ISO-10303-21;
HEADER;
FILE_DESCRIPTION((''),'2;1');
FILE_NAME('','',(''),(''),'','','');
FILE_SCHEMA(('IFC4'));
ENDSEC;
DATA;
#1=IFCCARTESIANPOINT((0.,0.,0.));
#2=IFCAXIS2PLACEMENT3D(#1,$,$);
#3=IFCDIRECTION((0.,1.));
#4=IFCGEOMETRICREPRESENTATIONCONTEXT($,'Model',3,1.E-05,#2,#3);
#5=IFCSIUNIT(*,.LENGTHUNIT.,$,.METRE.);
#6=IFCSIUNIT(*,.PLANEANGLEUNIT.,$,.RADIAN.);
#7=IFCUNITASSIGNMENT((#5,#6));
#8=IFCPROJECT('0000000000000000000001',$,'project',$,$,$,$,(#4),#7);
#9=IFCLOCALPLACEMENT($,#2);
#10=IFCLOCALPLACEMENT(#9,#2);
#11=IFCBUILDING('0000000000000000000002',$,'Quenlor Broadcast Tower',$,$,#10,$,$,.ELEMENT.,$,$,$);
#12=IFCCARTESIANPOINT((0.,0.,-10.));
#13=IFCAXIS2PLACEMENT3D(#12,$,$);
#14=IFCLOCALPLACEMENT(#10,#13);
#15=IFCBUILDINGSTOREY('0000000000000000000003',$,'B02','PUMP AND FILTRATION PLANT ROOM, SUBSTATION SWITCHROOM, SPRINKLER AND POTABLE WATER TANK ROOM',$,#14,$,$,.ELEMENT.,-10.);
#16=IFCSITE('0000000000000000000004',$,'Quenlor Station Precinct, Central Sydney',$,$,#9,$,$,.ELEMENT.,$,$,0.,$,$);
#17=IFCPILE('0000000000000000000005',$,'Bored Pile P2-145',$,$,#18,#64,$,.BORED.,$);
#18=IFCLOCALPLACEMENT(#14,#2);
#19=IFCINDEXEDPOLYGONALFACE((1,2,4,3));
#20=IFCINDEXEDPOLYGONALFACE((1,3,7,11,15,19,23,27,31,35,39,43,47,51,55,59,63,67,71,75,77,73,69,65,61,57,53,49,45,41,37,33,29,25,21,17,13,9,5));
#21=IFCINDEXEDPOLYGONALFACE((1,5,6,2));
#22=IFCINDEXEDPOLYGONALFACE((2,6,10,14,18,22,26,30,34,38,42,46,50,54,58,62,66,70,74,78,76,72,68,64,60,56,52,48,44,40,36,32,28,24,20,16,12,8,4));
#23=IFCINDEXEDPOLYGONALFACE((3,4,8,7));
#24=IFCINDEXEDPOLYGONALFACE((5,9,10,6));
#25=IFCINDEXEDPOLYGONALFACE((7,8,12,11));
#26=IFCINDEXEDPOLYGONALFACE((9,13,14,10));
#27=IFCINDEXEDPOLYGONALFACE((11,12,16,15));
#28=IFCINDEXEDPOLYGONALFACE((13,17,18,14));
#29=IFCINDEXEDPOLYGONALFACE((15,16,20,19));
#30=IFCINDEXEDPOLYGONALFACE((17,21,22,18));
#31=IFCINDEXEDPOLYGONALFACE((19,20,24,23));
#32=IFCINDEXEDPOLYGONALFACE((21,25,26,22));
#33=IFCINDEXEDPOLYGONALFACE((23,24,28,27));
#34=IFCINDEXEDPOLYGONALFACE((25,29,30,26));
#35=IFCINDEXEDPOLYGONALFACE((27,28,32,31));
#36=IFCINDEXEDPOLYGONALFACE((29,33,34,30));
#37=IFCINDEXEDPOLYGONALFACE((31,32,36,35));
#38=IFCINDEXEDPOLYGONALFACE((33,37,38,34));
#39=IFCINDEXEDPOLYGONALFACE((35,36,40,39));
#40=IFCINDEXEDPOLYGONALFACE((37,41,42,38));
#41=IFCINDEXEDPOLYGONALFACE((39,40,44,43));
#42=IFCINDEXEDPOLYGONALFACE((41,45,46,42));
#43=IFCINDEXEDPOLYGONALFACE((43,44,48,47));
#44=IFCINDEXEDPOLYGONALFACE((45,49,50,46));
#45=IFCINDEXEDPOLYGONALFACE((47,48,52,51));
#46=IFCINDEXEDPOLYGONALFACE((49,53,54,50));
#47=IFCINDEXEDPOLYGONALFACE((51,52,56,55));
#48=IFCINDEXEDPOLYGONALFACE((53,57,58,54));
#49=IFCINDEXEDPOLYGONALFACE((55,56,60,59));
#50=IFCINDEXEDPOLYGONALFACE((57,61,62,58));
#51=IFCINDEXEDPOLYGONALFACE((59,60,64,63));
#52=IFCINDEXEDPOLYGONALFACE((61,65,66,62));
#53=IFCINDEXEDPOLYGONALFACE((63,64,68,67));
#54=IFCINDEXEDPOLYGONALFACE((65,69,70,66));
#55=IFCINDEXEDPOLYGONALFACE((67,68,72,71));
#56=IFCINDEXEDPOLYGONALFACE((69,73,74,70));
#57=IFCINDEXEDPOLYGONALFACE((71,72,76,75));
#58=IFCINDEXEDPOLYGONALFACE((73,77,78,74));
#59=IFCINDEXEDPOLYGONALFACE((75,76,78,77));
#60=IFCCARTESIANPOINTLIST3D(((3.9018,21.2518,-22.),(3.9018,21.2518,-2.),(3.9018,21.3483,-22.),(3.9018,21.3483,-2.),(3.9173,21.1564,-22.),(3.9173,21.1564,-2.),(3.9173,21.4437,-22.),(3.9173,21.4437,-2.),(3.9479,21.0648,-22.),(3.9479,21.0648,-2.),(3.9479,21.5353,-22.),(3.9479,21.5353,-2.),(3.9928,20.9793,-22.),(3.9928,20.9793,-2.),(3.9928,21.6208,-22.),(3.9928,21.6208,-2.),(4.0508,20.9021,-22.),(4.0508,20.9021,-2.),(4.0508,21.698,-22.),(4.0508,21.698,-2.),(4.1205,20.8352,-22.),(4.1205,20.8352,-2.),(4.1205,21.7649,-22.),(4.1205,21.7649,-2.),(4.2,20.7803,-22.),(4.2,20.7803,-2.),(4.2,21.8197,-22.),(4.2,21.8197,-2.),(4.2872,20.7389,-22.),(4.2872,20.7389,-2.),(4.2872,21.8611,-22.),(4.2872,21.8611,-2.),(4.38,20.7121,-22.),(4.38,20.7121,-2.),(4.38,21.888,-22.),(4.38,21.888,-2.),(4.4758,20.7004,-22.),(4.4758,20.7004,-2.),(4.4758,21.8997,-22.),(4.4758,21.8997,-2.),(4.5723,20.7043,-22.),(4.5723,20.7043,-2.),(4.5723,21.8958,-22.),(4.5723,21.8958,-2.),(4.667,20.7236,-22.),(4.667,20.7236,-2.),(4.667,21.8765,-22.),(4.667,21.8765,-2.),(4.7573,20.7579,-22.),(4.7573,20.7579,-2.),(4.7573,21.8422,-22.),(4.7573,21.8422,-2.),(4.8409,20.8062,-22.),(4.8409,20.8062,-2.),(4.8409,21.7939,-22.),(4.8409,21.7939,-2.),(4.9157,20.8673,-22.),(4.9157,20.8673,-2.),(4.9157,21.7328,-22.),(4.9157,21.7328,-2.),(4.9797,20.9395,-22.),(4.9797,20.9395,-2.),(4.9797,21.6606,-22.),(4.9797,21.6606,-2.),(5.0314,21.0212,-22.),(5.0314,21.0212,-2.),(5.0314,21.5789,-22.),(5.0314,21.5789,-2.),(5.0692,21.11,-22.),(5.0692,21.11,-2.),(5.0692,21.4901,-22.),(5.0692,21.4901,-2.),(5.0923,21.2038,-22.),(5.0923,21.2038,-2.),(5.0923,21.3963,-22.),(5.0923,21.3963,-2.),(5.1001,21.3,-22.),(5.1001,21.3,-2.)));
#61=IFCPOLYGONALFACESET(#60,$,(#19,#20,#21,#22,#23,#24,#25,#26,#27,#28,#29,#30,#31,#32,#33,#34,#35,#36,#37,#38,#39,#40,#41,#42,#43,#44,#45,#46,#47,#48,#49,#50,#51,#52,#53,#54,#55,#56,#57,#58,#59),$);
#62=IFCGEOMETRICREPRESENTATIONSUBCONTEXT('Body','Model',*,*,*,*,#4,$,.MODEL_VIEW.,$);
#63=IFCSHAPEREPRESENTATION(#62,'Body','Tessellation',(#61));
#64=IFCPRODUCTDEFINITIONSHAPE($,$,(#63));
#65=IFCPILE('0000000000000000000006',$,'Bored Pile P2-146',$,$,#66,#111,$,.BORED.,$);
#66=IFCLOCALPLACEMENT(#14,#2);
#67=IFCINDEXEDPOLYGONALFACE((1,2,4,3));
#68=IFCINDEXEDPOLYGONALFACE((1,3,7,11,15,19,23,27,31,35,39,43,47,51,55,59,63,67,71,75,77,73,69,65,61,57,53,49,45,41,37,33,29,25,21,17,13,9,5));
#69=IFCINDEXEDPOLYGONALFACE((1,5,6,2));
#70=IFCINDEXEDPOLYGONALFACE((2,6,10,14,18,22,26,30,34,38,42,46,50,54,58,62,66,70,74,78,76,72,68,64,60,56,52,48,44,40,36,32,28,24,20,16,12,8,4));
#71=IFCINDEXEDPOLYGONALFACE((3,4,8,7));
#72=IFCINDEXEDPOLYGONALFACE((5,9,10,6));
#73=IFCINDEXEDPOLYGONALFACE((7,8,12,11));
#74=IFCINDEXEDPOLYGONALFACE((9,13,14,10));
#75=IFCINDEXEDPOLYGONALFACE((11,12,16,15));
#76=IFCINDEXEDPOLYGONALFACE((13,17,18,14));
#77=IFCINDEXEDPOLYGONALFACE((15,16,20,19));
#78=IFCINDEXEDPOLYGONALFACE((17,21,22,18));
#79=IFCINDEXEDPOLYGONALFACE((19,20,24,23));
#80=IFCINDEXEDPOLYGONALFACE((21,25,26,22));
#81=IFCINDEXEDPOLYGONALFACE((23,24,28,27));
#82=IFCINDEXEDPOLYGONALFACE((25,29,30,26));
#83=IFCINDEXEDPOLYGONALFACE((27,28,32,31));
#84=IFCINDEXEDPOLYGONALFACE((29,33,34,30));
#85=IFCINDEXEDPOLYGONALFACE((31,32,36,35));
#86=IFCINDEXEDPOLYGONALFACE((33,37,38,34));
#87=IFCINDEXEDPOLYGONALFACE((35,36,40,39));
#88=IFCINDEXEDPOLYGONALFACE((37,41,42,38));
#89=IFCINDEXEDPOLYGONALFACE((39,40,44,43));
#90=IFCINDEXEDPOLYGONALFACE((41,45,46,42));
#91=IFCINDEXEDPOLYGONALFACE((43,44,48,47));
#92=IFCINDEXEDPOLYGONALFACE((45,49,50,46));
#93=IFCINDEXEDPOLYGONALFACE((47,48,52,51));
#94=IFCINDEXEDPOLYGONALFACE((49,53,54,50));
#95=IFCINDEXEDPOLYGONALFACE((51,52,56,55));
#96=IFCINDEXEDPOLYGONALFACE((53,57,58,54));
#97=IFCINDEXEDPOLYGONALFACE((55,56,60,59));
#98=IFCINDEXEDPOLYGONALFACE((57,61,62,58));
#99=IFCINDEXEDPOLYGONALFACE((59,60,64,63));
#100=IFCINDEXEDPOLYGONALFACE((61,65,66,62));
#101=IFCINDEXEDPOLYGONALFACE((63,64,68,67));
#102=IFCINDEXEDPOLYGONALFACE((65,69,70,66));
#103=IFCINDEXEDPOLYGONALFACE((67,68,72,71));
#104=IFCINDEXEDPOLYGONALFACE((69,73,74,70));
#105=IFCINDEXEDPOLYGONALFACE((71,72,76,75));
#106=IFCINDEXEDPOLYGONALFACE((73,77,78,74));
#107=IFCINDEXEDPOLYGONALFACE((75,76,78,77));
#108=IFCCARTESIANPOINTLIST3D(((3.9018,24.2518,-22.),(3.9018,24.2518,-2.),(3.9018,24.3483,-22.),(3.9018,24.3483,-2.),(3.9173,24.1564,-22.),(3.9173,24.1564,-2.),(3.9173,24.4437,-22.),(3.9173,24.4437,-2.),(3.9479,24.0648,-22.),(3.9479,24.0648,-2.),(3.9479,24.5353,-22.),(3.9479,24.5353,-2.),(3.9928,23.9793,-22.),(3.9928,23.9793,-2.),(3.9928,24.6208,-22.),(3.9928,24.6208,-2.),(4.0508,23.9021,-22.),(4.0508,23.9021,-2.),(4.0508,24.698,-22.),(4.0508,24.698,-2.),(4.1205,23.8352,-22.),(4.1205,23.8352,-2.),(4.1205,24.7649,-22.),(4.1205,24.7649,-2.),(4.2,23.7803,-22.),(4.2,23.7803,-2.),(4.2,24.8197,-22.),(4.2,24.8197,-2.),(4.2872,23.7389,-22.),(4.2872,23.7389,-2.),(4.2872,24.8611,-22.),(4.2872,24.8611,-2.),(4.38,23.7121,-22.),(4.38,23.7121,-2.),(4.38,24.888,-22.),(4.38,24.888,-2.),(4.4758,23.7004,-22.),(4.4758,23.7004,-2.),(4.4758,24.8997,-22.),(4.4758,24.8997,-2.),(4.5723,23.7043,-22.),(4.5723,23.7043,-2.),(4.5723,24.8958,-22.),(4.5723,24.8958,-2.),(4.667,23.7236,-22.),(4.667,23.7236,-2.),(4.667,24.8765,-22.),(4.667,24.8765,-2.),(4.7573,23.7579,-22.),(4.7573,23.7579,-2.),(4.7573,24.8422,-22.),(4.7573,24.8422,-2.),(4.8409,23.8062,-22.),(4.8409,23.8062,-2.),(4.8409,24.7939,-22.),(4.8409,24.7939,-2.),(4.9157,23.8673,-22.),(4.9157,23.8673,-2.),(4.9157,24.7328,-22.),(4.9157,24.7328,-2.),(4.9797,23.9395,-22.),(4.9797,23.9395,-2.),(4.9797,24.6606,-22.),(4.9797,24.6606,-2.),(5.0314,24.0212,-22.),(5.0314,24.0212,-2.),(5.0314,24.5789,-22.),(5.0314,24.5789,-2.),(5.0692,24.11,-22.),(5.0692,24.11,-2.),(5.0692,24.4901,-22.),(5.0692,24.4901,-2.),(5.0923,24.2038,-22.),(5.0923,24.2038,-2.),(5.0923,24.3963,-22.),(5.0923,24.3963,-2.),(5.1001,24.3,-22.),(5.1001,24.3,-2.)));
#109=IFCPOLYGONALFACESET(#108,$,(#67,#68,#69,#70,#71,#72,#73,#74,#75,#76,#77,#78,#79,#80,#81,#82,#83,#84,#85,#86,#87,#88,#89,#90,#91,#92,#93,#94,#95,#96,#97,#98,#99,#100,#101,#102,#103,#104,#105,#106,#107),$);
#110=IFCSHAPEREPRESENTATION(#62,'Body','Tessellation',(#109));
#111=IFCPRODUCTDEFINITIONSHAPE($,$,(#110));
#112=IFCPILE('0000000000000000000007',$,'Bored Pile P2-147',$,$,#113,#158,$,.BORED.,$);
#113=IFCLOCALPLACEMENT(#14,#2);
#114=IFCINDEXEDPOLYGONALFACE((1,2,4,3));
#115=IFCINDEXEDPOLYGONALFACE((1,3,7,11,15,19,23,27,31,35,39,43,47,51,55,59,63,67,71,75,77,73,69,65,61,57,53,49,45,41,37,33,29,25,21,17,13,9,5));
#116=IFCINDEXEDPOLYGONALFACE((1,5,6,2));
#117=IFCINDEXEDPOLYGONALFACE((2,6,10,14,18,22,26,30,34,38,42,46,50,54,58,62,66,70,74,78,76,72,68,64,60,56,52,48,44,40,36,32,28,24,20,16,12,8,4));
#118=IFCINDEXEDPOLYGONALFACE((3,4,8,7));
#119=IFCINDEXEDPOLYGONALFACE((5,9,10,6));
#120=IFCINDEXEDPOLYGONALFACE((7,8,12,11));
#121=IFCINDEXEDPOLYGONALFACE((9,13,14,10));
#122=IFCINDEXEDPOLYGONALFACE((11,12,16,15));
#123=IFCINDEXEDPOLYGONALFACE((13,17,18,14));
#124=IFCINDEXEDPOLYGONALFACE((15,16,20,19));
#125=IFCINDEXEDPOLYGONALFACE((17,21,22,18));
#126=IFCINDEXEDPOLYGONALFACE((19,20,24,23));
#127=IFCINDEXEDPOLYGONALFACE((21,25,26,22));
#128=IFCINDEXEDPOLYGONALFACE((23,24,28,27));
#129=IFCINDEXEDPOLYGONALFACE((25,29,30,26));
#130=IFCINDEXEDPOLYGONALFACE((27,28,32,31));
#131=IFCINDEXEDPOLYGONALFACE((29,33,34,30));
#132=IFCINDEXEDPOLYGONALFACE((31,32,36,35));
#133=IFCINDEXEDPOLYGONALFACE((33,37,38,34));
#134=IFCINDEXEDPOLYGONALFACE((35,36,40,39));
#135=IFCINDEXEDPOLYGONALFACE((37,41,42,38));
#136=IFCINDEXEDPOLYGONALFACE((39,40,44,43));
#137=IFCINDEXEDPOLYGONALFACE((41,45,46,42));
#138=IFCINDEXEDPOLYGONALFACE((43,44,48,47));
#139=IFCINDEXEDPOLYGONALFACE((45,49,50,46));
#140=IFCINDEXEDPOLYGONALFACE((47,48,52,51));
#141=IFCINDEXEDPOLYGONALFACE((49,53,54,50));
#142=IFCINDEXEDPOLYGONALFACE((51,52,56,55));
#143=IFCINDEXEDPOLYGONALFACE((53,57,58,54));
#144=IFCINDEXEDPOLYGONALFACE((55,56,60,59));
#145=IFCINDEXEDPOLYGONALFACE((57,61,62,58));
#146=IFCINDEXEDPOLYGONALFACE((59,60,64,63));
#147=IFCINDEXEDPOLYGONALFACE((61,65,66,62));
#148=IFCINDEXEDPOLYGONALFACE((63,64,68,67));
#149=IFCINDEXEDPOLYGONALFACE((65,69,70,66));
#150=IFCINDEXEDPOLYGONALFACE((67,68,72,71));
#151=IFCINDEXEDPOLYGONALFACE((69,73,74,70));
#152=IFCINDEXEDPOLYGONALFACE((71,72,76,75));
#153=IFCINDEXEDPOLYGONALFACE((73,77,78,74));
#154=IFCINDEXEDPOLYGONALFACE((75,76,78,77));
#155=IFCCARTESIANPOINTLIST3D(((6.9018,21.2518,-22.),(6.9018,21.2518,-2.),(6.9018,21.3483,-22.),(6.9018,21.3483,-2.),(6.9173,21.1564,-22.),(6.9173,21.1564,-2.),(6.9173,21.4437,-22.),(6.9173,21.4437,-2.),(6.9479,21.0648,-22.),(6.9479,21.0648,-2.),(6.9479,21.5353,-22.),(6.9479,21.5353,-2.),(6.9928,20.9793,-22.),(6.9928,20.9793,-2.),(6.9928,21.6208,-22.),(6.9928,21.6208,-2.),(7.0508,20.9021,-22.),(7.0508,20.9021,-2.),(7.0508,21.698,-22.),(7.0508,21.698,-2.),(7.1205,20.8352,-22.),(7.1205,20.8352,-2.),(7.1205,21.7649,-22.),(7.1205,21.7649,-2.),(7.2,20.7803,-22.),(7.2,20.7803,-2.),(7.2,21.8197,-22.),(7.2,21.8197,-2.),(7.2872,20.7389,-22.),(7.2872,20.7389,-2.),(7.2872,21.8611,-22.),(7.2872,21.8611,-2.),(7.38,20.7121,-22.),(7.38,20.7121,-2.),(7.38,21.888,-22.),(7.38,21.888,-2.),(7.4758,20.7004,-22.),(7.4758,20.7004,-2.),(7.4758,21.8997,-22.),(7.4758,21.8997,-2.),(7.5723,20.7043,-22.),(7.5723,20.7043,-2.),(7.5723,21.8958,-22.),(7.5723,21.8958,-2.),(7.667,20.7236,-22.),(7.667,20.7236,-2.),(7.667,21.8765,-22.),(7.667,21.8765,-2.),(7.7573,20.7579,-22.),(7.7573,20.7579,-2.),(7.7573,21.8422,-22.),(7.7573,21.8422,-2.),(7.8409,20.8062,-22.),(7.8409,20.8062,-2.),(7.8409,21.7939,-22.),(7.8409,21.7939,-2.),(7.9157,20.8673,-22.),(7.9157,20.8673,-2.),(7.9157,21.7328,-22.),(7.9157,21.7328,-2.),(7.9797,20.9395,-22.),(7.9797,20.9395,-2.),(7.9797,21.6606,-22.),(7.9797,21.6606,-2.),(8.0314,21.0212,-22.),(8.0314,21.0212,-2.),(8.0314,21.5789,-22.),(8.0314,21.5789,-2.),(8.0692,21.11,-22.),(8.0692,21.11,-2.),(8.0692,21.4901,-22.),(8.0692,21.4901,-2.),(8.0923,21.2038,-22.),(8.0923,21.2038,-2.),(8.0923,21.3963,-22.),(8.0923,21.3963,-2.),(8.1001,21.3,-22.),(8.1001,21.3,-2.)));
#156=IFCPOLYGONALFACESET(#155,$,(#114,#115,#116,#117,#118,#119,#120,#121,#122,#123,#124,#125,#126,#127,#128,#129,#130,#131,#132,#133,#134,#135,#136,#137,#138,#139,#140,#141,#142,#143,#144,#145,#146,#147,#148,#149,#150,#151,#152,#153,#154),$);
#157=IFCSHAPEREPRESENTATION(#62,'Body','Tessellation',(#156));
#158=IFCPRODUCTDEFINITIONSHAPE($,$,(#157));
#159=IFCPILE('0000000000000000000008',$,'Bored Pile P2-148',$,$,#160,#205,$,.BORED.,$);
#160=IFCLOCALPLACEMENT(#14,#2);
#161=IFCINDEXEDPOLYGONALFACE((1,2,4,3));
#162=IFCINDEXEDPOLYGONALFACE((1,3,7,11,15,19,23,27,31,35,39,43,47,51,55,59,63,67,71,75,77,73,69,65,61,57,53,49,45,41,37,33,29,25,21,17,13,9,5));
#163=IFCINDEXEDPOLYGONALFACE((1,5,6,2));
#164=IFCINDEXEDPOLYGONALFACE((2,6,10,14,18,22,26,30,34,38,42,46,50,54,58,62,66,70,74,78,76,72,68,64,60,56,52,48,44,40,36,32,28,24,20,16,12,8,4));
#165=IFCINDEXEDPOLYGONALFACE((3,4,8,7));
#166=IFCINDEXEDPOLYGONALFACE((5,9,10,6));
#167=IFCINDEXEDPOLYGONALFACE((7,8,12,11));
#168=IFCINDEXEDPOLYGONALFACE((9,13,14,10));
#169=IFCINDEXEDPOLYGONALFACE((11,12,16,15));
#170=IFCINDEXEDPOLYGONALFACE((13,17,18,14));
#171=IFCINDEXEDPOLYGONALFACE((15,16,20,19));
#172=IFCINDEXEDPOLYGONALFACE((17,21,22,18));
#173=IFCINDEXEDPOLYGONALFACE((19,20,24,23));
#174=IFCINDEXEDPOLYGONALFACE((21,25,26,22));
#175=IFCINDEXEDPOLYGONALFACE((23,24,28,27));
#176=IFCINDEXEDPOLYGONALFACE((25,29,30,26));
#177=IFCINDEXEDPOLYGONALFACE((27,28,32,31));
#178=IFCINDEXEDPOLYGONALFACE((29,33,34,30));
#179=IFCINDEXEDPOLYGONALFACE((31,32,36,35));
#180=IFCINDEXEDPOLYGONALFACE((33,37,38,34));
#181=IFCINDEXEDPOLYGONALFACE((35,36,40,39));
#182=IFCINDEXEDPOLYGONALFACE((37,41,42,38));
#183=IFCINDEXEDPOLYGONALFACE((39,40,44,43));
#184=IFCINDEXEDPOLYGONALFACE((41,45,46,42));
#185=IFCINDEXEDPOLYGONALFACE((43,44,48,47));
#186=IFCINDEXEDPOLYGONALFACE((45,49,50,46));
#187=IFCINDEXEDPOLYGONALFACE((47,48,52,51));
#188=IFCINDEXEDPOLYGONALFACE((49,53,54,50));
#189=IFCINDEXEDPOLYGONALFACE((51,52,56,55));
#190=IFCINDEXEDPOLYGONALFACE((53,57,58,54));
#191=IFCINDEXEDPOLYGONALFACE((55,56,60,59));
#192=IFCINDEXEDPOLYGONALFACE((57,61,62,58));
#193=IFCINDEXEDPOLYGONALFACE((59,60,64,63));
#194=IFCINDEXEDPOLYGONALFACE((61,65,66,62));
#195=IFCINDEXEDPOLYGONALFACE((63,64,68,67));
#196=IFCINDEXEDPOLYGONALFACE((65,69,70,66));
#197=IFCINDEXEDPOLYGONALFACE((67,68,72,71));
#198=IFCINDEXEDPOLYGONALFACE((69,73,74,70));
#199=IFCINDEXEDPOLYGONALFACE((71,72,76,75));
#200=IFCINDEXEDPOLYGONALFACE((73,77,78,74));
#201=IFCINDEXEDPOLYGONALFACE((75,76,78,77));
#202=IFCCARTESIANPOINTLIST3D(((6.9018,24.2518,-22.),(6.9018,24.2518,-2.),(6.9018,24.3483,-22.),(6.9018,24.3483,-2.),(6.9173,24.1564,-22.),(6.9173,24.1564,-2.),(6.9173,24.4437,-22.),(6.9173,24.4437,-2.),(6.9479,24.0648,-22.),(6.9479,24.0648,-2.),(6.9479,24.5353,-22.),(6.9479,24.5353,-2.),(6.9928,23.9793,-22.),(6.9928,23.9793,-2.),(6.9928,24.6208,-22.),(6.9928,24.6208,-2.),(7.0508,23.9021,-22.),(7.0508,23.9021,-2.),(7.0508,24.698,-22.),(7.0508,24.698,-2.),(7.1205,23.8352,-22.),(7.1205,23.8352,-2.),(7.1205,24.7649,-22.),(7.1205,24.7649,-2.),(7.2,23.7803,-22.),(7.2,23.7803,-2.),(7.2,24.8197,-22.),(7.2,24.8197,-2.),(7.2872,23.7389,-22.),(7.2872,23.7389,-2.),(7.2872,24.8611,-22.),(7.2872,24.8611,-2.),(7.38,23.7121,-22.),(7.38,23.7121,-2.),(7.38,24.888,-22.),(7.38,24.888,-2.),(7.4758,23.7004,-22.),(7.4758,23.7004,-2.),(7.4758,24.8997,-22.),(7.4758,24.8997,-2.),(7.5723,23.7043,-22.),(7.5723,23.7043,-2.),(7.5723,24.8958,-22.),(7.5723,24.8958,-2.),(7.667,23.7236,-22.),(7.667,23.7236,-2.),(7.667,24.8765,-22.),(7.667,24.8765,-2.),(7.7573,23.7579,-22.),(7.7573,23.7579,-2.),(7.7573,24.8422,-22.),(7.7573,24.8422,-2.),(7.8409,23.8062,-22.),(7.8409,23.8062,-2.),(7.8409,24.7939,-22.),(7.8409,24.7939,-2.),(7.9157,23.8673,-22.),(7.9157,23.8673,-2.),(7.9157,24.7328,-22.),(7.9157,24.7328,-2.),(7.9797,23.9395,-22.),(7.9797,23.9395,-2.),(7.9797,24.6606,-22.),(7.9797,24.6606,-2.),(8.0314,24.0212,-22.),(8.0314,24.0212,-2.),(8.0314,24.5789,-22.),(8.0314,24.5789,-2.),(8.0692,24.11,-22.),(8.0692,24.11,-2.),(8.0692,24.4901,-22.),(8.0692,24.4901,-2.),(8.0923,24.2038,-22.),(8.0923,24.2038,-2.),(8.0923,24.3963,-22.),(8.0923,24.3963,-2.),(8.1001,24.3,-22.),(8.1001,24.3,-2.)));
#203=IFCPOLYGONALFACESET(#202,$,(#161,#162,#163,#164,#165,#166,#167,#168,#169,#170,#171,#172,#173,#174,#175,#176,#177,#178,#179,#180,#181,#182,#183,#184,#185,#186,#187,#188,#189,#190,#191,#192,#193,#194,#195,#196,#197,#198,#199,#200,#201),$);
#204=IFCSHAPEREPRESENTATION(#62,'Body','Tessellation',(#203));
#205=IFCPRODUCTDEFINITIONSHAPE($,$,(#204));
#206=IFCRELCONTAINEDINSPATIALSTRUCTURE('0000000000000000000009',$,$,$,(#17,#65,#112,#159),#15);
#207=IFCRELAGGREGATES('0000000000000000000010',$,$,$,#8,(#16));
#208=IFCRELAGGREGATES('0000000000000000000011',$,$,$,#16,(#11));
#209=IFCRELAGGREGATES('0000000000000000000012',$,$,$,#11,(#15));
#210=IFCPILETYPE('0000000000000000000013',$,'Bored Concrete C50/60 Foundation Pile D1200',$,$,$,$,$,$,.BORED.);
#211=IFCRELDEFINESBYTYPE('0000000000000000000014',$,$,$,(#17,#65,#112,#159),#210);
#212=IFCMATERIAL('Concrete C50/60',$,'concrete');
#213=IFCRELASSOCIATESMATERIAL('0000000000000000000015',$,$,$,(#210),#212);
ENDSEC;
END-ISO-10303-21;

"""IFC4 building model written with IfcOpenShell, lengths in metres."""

from ifc_helpers import new_model, si_unit, direction, frame, origin, origin_2d, place, context, subcontext, project, spatial, circle, extrude, material, material_profile, profile_set, type_object, element, save


model = new_model("IFC4")

# Units and contexts
model_context = context("Model", 3, precision=1e-05, world=origin(), true_north=direction((0.0, 1.0)))
body_context = subcontext(model_context, "Body", "Model", "MODEL_VIEW")
ifc_project = project(units=[si_unit("LENGTHUNIT", "METRE"), si_unit("PLANEANGLEUNIT", "RADIAN")], contexts=[model_context])

# Site, building, storey
site_placement = place(None, origin())
site = spatial("IfcSite", under=ifc_project, at=site_placement, Name="Quenlor Station Precinct, Central Sydney", CompositionType="ELEMENT", RefElevation=0.0)
building_placement = place(site_placement, origin())
building = spatial("IfcBuilding", under=site, at=building_placement, Name="Quenlor Broadcast Tower", CompositionType="ELEMENT")
storey_placement = place(building_placement, frame((0.0, 0.0, -10.0)))
storey = spatial("IfcBuildingStorey", under=building, at=storey_placement, Name="B02", Description="PUMP AND FILTRATION PLANT ROOM, SUBSTATION SWITCHROOM, SPRINKLER AND POTABLE WATER TANK ROOM", CompositionType="ELEMENT", Elevation=-10.0)

# Piles
ifc_material_1 = material(Name="Concrete C50/60", Category="concrete")
ifc_material_profile_1 = material_profile(ifc_material_1, circle(Radius=0.6001, at=origin_2d()))
ifc_profile_set_1 = profile_set([ifc_material_profile_1], Name="Concrete C50/60 PILE1200")
pile_type = type_object("IfcPileType", Name="Bored Concrete C50/60 Foundation Pile D1200", PredefinedType="BORED", material=ifc_profile_set_1)
for number, where, z_axis, x_axis, name in (
    (1, (4.5, 21.3, -2.0), (0.0, 0.0, -1.0), (1.0, 0.0, 0.0), "Bored Pile P2-145"),
    (2, (4.5, 24.3, -2.0), (0.0, 0.0, -1.0), (1.0, 0.0, 0.0), "Bored Pile P2-146"),
    (3, (7.5, 21.3, -2.0), (0.0, 0.0, -1.0), (1.0, 0.0, 0.0), "Bored Pile P2-147"),
    (4, (7.5, 24.3, -2.0), (0.0, 0.0, -1.0), (1.0, 0.0, 0.0), "Bored Pile P2-148"),
):
    element("IfcPile", number, at=place(storey_placement, frame(where, z_axis=z_axis, x_axis=x_axis)), inside=storey, type_object=pile_type, Name=name, PredefinedType="BORED", context=body_context, shape_type="SweptSolid", body=[
        extrude(circle(Radius=0.6001, at=origin_2d()), origin(), (0.0, 0.0, 1.0), 20.0),
    ])

save(model, "model.ifc")
